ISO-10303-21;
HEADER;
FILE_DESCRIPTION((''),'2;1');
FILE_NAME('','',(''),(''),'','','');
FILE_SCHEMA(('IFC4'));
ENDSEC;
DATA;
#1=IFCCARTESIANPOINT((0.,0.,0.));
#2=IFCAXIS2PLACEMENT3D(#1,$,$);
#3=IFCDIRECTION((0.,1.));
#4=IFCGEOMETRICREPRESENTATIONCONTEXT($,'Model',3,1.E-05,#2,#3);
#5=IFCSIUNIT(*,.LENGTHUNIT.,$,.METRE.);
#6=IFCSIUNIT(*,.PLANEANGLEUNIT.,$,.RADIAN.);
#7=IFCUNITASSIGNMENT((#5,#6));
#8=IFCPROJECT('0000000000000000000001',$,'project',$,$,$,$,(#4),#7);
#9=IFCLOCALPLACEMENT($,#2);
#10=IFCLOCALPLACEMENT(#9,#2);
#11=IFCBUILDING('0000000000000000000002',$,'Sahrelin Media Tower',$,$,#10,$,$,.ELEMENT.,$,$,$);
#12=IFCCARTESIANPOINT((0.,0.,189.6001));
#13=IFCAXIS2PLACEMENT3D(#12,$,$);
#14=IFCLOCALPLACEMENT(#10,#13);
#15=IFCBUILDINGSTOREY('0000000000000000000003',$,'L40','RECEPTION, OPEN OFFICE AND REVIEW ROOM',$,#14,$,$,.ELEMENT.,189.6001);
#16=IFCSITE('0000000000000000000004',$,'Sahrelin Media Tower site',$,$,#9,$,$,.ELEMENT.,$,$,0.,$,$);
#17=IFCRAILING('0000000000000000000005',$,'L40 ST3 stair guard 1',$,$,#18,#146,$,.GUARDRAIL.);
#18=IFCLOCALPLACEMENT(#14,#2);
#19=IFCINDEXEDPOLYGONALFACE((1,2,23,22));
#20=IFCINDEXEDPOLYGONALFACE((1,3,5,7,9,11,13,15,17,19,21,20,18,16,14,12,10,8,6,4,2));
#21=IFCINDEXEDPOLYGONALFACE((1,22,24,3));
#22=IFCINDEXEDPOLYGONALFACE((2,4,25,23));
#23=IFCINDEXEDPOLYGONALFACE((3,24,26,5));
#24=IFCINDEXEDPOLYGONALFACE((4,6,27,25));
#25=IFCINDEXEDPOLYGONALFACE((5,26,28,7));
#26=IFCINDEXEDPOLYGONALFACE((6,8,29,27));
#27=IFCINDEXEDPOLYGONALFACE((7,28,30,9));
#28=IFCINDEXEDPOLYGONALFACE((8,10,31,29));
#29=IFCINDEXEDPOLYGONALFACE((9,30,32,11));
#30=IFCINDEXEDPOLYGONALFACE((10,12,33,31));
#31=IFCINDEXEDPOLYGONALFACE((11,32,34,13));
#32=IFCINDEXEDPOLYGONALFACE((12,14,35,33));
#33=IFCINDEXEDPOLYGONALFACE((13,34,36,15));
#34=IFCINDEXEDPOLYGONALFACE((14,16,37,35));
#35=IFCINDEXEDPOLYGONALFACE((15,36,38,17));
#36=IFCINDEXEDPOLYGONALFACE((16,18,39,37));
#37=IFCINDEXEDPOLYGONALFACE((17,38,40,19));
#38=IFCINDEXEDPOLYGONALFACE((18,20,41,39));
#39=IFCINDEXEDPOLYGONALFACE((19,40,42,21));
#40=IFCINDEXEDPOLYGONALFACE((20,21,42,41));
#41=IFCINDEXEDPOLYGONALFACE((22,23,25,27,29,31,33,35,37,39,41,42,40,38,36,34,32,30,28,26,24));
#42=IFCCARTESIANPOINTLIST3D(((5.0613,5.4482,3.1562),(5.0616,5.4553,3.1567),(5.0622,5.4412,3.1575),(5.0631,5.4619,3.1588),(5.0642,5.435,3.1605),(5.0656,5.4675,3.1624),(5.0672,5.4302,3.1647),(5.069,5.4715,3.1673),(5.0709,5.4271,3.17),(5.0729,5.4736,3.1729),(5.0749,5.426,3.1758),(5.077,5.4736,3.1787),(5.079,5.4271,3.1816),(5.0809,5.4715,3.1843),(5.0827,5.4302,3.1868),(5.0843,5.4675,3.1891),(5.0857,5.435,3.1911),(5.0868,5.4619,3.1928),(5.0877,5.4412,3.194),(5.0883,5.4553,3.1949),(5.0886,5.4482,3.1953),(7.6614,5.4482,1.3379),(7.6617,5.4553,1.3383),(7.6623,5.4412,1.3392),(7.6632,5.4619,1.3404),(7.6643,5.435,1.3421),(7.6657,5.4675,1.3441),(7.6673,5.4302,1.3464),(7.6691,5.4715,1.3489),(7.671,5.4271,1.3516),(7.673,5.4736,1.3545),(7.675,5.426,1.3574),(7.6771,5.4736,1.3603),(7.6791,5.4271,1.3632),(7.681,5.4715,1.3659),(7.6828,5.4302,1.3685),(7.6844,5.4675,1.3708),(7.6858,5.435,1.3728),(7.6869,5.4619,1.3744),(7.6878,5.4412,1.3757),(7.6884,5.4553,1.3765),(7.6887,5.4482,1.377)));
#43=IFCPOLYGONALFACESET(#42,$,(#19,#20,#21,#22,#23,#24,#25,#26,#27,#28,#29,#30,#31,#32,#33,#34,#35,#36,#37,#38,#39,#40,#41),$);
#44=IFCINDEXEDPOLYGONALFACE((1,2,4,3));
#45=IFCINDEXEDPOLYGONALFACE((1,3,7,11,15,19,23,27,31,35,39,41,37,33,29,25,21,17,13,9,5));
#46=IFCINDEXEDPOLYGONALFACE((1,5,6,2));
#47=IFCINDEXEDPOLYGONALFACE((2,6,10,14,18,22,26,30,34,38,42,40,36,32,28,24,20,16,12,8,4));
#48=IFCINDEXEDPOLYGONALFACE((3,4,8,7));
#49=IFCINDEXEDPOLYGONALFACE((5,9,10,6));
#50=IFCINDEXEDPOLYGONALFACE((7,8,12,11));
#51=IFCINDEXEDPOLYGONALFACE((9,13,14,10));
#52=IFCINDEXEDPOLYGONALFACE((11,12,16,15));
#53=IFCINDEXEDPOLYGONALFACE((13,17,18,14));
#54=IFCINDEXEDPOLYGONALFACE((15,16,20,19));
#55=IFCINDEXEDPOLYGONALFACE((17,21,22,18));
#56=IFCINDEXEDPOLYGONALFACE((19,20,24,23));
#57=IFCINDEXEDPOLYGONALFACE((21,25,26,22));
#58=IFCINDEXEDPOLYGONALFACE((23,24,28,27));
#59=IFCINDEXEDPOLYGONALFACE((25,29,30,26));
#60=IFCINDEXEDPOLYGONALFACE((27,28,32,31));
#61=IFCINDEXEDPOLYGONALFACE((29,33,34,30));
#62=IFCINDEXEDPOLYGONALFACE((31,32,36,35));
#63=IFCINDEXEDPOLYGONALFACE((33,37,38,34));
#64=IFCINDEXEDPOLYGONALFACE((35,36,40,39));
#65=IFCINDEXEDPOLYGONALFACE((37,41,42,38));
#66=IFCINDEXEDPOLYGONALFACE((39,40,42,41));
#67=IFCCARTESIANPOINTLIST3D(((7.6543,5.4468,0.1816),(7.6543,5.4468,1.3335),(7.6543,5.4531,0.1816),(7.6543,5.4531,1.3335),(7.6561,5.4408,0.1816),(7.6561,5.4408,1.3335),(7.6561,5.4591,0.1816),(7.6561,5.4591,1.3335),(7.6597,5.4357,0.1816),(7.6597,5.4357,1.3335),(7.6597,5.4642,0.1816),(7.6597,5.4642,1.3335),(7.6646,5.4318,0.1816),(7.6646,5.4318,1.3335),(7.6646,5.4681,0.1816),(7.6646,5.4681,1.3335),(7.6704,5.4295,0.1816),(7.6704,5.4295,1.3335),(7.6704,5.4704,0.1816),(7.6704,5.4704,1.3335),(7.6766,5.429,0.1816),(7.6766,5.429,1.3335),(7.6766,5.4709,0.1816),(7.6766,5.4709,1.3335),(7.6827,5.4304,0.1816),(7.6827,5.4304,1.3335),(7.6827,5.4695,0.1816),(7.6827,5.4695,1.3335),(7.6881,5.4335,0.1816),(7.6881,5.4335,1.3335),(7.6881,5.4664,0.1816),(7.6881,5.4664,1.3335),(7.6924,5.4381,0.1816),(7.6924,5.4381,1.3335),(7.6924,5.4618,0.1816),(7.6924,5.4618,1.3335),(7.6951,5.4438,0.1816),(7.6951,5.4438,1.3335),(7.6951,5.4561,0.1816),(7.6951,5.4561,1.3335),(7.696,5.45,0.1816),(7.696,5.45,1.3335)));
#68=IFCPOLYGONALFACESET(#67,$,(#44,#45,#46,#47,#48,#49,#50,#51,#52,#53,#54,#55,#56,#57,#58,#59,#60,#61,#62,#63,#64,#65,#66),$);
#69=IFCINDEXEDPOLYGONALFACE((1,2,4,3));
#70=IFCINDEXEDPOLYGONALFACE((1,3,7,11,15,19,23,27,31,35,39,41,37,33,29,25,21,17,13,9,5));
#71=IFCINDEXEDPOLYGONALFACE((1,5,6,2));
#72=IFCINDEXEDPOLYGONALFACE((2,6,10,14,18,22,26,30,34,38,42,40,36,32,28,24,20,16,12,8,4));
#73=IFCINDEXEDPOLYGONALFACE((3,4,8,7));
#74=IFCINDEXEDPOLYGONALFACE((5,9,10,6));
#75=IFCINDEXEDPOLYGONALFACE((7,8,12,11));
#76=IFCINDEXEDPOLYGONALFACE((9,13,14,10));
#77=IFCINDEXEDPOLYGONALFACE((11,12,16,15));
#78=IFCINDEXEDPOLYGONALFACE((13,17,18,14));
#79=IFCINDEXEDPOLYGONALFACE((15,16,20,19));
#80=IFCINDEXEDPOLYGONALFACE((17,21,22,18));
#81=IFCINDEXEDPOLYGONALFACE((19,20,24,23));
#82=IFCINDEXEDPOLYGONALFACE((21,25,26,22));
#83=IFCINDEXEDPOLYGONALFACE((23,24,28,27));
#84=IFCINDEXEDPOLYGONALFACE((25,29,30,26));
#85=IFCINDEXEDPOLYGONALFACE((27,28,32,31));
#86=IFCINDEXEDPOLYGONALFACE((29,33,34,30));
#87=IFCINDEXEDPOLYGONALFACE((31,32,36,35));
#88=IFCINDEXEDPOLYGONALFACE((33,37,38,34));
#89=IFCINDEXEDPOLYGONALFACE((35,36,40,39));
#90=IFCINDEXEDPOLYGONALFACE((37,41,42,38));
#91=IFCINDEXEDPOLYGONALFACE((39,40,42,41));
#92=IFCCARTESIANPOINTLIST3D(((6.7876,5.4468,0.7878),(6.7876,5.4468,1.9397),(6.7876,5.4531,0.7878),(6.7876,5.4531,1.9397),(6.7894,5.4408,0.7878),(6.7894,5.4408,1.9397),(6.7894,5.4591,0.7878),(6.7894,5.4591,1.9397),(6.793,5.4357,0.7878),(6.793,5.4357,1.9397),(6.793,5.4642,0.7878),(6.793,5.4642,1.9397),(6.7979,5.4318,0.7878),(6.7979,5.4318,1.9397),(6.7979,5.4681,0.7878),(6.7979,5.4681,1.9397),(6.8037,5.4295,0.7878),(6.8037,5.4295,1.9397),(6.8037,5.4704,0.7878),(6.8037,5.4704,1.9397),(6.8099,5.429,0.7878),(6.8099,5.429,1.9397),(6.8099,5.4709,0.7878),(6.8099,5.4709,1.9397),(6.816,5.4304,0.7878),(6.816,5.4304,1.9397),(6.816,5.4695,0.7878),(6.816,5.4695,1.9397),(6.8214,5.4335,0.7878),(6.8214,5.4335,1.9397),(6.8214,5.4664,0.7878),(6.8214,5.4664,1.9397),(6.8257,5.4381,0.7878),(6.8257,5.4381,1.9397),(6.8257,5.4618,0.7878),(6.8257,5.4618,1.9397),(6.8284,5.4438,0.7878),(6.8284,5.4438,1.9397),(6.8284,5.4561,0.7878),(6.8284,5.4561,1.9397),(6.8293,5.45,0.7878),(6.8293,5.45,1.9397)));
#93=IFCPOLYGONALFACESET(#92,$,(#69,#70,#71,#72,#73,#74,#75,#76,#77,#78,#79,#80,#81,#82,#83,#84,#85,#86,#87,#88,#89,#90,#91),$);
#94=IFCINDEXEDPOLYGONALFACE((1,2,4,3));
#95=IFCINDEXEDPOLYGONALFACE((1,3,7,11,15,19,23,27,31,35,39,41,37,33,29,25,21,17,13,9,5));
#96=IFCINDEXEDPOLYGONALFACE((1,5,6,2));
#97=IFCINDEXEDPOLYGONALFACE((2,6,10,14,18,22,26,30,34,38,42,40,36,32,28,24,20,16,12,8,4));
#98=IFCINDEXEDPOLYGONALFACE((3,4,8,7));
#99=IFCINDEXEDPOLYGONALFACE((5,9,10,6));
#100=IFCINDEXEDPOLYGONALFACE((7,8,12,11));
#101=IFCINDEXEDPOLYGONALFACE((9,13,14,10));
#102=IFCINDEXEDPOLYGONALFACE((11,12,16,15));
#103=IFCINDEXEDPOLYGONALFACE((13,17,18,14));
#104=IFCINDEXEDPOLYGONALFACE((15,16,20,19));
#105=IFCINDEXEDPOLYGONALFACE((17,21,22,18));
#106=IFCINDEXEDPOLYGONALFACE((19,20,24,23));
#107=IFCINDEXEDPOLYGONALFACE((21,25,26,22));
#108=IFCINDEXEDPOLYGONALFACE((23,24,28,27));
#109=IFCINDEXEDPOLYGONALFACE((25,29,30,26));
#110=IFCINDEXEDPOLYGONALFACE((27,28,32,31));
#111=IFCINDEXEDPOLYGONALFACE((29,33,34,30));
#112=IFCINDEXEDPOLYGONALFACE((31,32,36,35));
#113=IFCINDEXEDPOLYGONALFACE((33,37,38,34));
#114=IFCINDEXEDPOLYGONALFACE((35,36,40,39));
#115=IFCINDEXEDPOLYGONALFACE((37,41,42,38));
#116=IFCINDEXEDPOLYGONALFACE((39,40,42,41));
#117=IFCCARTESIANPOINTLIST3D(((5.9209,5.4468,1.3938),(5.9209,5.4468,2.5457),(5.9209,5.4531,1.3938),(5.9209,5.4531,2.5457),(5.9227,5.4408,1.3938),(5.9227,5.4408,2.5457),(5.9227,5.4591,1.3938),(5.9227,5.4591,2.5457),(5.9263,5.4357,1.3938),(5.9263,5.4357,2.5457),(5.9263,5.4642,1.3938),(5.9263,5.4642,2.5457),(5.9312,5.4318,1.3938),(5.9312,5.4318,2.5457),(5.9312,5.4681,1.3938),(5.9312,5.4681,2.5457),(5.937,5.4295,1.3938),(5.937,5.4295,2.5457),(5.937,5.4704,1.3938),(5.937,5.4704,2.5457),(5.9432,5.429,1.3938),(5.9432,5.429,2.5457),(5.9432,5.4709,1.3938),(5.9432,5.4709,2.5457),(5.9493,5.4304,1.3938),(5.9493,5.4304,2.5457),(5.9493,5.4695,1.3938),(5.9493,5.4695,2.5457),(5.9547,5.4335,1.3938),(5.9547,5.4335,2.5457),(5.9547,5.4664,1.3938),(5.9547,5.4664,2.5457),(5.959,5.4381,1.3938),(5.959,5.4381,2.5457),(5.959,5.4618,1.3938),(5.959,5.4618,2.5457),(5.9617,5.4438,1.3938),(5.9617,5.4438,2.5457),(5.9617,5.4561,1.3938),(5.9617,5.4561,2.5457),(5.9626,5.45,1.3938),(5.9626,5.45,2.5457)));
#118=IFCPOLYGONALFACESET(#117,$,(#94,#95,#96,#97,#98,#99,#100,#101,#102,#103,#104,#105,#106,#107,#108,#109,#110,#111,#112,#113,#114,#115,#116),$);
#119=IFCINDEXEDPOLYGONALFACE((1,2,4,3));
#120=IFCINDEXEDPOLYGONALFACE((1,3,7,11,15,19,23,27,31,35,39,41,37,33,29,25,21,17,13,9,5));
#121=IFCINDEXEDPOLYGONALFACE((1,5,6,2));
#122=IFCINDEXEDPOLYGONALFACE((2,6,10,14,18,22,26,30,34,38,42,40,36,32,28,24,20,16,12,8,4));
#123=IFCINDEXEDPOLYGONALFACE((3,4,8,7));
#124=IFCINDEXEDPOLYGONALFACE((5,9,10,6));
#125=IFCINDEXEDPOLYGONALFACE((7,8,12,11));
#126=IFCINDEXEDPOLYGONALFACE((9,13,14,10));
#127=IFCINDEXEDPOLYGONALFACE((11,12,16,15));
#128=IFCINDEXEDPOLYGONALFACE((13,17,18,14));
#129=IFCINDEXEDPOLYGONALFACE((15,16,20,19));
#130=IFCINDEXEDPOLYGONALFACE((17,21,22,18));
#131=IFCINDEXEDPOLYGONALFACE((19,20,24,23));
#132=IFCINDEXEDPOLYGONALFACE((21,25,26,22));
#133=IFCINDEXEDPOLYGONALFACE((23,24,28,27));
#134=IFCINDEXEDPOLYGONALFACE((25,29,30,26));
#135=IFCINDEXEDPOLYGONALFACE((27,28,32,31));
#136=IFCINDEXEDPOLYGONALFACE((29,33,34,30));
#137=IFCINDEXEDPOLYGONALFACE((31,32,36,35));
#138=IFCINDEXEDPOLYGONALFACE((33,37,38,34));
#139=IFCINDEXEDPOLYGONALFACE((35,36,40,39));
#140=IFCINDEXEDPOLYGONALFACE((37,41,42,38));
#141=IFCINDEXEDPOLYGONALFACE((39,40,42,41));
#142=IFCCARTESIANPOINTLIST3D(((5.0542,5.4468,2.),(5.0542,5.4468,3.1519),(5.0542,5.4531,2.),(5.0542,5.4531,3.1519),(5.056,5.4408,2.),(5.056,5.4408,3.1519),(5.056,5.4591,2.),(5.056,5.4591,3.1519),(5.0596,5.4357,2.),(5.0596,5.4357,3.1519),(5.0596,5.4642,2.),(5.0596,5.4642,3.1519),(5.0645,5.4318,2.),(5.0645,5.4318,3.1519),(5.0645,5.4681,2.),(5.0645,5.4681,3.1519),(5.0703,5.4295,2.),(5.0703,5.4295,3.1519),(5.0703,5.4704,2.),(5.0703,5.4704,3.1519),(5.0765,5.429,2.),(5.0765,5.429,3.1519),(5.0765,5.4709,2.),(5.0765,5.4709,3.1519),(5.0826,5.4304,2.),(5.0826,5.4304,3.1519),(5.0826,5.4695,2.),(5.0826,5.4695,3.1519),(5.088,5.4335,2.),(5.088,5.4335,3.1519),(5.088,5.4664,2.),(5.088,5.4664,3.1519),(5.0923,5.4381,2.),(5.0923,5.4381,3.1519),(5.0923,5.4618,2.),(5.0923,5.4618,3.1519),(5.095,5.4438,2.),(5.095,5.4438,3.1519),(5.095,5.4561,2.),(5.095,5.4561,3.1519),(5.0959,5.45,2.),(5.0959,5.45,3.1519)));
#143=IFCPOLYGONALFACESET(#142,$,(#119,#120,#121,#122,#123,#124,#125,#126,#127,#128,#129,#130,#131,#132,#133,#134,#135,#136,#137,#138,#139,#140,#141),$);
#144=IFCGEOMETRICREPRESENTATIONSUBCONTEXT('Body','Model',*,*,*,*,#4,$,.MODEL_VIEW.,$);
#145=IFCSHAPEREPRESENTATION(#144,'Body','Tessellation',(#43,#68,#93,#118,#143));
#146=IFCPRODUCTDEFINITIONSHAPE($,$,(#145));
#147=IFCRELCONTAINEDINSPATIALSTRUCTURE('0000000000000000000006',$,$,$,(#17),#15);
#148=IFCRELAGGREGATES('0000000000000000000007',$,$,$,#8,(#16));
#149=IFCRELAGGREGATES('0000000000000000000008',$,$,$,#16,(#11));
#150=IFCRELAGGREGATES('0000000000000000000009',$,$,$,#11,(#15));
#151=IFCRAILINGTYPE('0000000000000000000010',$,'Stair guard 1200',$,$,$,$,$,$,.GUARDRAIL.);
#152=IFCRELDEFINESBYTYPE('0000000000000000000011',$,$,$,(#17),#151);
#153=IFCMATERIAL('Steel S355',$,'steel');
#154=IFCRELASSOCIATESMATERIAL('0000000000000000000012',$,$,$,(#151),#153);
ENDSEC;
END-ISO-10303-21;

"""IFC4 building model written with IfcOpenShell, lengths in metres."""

from ifc_helpers import new_model, si_unit, direction, frame, origin, origin_2d, place, context, subcontext, project, spatial, circle, extrude, material, type_object, element, save


model = new_model("IFC4")

# Units and contexts
model_context = context("Model", 3, precision=1e-05, world=origin(), true_north=direction((0.0, 1.0)))
body_context = subcontext(model_context, "Body", "Model", "MODEL_VIEW")
ifc_project = project(units=[si_unit("LENGTHUNIT", "METRE"), si_unit("PLANEANGLEUNIT", "RADIAN")], contexts=[model_context])

# Site, building, storey
site_placement = place(None, origin())
site = spatial("IfcSite", under=ifc_project, at=site_placement, Name="Sahrelin Media Tower site", CompositionType="ELEMENT", RefElevation=0.0)
building_placement = place(site_placement, origin())
building = spatial("IfcBuilding", under=site, at=building_placement, Name="Sahrelin Media Tower", CompositionType="ELEMENT")
storey_placement = place(building_placement, frame((0.0, 0.0, 189.6001)))
storey = spatial("IfcBuildingStorey", under=building, at=storey_placement, Name="L40", Description="RECEPTION, OPEN OFFICE AND REVIEW ROOM", CompositionType="ELEMENT", Elevation=189.6001)

# Shared definitions
ifc_material_1 = material(Name="Steel S355", Category="steel")

# Railing
railing_type_1 = type_object("IfcRailingType", Name="Stair guard 1200", PredefinedType="GUARDRAIL", material=ifc_material_1)
railing_1_placement = place(storey_placement, frame((7.675, 5.45, 0.1816)))
element("IfcRailing", 1, at=railing_1_placement, inside=storey, type_object=railing_type_1, Name="L40 ST3 stair guard 1", PredefinedType="GUARDRAIL", context=body_context, shape_type="SweptSolid", body=[
    extrude(circle(Radius=0.0239, at=origin_2d()), frame((0.0, 0.0, 1.1758), z_axis=(-0.819485, 0.0, 0.573101), x_axis=(0.0, -1.0, 0.0)), (0.0, 0.0, 1.0), 3.1729),
    extrude(circle(Radius=0.021, at=origin_2d()), origin(), (0.0, 0.0, 1.0), 1.1519),
    extrude(circle(Radius=0.021, at=origin_2d()), frame((-0.8667, 0.0, 0.6062)), (0.0, 0.0, 1.0), 1.1519),
    extrude(circle(Radius=0.021, at=origin_2d()), frame((-1.7334, 0.0, 1.2122)), (0.0, 0.0, 1.0), 1.1519),
    extrude(circle(Radius=0.021, at=origin_2d()), frame((-2.6001, 0.0, 1.8184)), (0.0, 0.0, 1.0), 1.1519),
])

save(model, "model.ifc")
